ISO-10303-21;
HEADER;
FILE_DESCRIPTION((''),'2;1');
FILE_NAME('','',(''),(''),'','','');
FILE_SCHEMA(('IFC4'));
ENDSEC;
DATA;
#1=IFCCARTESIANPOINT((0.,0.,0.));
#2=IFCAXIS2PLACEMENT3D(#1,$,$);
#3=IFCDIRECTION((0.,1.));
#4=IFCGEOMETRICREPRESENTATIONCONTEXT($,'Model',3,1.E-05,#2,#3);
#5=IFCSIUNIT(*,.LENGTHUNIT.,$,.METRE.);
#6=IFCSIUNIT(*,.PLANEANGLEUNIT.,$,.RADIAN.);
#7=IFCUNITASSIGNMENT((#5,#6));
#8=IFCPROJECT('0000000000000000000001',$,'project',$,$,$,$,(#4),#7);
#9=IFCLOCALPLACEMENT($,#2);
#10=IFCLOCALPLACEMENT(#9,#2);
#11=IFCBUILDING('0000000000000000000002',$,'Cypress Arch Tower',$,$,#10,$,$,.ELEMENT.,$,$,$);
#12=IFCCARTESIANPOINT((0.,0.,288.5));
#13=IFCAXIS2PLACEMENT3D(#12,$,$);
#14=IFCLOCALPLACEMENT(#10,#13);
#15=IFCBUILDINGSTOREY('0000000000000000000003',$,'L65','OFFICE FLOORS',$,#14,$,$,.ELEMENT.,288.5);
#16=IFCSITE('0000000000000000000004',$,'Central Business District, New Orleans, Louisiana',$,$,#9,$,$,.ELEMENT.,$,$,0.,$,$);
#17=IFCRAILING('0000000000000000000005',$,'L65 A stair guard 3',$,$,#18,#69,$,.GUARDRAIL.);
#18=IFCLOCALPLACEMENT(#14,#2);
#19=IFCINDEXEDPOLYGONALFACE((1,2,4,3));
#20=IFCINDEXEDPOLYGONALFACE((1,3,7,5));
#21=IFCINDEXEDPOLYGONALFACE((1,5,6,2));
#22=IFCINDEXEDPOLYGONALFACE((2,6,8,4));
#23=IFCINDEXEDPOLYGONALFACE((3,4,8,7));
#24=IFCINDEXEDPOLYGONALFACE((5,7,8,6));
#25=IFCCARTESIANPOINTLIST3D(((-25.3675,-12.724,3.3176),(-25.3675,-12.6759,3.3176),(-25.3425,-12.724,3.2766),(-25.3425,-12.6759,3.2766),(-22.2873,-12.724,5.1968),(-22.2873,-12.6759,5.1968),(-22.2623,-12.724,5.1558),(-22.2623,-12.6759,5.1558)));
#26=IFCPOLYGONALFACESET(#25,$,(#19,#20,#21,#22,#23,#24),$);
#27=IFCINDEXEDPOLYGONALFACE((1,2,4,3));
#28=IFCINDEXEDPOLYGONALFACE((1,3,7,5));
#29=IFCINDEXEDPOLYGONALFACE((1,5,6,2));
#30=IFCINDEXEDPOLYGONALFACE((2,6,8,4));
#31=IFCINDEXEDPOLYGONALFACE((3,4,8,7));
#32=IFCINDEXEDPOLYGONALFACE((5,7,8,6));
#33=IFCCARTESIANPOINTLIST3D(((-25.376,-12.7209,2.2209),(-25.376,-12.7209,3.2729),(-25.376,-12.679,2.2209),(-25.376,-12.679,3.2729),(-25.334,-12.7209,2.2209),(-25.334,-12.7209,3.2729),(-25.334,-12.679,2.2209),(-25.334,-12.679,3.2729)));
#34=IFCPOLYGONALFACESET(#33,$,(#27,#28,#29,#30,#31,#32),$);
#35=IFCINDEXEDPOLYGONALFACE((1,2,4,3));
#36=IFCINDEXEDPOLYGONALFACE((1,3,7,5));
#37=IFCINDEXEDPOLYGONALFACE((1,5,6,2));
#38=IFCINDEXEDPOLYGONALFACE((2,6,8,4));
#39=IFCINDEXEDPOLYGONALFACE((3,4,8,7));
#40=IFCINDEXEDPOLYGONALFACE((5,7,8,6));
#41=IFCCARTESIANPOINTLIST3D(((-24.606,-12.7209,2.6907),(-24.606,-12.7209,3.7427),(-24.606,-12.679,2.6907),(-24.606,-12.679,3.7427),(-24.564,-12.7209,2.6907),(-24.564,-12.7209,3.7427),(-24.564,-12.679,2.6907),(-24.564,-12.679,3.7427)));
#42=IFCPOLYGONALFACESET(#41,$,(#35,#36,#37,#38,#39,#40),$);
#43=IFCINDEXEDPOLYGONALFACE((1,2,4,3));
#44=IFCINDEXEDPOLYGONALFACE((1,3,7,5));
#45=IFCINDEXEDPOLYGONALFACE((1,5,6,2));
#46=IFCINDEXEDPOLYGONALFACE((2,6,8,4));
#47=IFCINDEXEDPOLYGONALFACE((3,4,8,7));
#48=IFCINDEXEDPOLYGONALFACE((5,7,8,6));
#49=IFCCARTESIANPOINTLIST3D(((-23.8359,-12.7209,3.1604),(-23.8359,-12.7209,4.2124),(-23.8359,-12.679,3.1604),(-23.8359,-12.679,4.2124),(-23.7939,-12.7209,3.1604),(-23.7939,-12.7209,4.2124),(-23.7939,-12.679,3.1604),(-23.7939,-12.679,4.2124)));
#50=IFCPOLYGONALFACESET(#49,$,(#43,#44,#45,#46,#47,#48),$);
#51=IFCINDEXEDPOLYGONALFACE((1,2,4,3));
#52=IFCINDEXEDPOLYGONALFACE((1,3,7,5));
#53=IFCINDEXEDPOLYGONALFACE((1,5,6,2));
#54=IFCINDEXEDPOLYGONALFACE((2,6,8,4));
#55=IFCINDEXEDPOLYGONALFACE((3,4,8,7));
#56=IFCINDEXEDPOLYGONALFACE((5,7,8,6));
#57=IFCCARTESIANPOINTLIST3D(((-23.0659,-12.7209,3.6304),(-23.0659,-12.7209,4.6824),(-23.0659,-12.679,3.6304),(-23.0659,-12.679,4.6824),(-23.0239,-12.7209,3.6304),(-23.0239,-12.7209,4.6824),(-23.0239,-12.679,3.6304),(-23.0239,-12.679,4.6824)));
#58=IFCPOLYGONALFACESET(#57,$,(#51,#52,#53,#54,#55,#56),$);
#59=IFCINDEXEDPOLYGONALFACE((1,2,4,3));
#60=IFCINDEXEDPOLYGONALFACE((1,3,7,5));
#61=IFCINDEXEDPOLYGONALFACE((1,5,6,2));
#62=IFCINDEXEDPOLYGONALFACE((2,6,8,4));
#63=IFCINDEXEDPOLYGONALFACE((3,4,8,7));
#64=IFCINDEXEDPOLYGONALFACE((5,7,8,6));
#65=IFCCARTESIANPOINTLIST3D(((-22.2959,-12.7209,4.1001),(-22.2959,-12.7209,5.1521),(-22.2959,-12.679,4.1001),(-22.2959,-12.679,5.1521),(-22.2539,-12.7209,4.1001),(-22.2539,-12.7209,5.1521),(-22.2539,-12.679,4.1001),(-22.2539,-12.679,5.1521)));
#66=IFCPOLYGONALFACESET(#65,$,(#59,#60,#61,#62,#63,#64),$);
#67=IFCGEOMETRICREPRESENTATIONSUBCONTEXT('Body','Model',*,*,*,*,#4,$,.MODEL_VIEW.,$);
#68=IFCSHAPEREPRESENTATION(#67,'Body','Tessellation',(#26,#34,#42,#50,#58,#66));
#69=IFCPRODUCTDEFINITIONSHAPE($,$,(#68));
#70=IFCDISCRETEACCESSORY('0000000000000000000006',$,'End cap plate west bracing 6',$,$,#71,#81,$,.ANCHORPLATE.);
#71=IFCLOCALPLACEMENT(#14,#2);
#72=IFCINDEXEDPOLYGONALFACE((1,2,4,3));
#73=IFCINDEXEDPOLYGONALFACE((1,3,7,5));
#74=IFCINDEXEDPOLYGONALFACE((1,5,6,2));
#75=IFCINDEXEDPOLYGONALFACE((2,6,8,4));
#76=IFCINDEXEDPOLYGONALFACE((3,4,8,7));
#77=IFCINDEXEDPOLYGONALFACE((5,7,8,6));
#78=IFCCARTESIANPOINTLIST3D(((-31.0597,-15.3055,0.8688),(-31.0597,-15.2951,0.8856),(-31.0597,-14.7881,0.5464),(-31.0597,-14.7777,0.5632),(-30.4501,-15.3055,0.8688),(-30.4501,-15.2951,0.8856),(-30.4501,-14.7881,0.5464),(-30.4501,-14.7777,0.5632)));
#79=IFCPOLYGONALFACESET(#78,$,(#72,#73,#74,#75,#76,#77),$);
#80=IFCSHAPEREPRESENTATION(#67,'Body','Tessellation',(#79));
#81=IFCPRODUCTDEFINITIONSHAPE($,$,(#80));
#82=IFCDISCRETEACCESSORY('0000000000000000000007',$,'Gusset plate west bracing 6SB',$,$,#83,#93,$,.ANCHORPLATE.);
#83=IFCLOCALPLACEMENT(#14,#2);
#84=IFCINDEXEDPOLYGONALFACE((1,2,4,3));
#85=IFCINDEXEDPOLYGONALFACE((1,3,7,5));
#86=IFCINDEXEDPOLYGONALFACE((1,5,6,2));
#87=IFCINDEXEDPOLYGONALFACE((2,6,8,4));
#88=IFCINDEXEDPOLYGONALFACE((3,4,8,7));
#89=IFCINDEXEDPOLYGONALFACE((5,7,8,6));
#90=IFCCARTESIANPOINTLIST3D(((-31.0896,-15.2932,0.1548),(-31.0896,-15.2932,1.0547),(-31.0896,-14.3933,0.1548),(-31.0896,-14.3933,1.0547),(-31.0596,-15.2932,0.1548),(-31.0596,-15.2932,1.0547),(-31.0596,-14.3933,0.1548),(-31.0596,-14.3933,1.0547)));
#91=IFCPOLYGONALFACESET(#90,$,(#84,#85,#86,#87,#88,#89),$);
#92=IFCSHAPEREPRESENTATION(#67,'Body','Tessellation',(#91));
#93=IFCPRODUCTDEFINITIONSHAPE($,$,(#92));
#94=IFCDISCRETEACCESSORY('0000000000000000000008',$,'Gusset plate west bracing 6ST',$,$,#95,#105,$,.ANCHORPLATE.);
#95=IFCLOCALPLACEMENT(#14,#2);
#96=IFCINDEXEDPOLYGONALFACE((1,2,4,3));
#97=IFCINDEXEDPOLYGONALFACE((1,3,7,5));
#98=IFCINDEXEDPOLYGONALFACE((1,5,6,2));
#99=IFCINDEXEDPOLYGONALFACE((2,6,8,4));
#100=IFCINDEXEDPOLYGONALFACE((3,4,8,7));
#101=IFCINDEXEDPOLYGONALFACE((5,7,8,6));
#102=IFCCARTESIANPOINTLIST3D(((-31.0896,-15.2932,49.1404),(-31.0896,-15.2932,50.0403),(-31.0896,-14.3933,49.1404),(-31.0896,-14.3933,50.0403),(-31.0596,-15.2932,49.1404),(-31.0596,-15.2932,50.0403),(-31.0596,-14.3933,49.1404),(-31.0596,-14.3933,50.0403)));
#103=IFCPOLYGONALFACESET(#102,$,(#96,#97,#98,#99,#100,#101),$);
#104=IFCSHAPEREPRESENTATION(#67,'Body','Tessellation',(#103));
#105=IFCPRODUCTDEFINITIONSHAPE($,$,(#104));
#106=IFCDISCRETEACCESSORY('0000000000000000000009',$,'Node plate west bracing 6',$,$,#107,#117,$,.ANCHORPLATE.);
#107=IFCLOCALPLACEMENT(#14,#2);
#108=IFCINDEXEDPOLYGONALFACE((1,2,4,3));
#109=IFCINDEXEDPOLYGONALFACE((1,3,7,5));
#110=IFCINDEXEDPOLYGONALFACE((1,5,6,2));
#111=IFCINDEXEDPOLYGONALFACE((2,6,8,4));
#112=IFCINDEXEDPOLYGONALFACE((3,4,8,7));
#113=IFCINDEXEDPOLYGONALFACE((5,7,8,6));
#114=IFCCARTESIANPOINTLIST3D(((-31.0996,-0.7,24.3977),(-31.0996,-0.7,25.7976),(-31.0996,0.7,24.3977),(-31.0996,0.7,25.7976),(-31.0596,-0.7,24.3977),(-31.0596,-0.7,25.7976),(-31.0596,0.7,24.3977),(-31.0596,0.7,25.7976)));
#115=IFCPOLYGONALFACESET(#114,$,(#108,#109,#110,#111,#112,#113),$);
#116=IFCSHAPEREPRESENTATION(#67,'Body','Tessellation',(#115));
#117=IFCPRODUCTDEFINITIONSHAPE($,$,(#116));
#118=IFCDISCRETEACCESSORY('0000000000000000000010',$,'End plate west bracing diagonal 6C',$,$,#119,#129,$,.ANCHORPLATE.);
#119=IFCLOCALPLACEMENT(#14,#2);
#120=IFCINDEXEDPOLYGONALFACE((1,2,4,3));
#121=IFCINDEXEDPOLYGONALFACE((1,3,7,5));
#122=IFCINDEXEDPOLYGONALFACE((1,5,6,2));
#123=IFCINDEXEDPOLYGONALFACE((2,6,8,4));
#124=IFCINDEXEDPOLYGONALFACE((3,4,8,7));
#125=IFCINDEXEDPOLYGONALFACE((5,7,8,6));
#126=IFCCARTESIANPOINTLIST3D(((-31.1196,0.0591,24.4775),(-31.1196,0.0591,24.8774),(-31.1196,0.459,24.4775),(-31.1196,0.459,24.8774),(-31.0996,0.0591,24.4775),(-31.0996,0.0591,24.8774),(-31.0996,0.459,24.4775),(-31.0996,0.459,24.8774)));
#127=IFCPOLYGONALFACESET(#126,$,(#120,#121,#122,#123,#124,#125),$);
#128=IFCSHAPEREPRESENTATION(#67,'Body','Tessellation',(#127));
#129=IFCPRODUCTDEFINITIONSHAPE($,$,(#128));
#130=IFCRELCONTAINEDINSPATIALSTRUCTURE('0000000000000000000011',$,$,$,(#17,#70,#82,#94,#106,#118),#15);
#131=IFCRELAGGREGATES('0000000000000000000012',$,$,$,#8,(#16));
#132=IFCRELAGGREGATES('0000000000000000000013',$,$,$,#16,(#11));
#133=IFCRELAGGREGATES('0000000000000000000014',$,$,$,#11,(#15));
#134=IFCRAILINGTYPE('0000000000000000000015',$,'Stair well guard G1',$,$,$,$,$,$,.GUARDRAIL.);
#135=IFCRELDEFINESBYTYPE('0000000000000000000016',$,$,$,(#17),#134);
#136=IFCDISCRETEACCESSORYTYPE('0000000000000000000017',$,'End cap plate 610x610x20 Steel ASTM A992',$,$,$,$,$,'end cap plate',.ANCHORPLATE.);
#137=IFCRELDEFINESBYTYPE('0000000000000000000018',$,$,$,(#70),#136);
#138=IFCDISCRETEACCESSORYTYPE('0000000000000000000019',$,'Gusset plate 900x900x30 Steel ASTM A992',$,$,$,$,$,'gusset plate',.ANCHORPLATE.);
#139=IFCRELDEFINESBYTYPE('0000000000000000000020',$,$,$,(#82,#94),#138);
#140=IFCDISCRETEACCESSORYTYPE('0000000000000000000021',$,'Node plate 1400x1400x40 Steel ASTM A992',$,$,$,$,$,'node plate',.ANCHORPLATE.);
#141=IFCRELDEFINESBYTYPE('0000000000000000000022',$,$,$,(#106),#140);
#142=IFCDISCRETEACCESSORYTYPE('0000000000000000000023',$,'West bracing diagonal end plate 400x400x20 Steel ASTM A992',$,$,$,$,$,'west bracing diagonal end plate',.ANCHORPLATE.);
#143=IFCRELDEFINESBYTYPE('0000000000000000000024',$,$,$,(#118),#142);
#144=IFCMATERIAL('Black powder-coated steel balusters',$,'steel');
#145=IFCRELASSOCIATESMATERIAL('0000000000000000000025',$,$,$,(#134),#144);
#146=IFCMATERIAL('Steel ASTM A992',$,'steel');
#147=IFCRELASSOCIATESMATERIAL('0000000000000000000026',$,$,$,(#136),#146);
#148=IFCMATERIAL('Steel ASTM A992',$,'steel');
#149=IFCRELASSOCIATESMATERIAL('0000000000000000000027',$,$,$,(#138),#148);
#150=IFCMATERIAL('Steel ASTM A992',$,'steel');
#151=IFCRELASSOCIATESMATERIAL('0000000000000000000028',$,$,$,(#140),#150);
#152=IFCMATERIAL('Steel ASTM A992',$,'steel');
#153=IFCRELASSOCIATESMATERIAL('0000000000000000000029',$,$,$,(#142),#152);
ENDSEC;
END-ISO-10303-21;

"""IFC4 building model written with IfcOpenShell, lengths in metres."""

from ifc_helpers import new_model, si_unit, direction, frame, origin, origin_2d, place, context, subcontext, project, spatial, rectangle, extrude, material, material_profile, profile_set, type_object, element, save


model = new_model("IFC4")

# Units and contexts
model_context = context("Model", 3, precision=1e-05, world=origin(), true_north=direction((0.0, 1.0)))
body_context = subcontext(model_context, "Body", "Model", "MODEL_VIEW")
ifc_project = project(units=[si_unit("LENGTHUNIT", "METRE"), si_unit("PLANEANGLEUNIT", "RADIAN")], contexts=[model_context])

# Site, building, storey
site_placement = place(None, origin())
site = spatial("IfcSite", under=ifc_project, at=site_placement, Name="Central Business District, New Orleans, Louisiana", CompositionType="ELEMENT", RefElevation=0.0)
building_placement = place(site_placement, origin())
building = spatial("IfcBuilding", under=site, at=building_placement, Name="Cypress Arch Tower", CompositionType="ELEMENT")
storey_placement = place(building_placement, frame((0.0, 0.0, 288.5)))
storey = spatial("IfcBuildingStorey", under=building, at=storey_placement, Name="L65", Description="OFFICE FLOORS", CompositionType="ELEMENT", Elevation=288.5)

# Railing
ifc_material_1 = material(Name="Black powder-coated steel balusters", Category="steel")
railing_type_1 = type_object("IfcRailingType", Name="Stair well guard G1", PredefinedType="GUARDRAIL", material=ifc_material_1)
railing_1_placement = place(storey_placement, frame((-25.355, -12.7, 2.2209)))
element("IfcRailing", 1, at=railing_1_placement, inside=storey, type_object=railing_type_1, Name="L65 A stair guard 3", PredefinedType="GUARDRAIL", context=body_context, shape_type="SweptSolid", body=[
    extrude(rectangle(XDim=0.0481, YDim=0.0481, at=origin_2d()), frame((0.0, 0.0, 1.0762), z_axis=(0.853666, 0.0, 0.52082), x_axis=(0.0, 1.0, 0.0)), (0.0, 0.0, 1.0), 3.6082),
    extrude(rectangle(XDim=0.042, YDim=0.042, at=origin_2d()), origin(), (0.0, 0.0, 1.0), 1.052),
    extrude(rectangle(XDim=0.042, YDim=0.042, at=origin_2d()), frame((0.77, 0.0, 0.4697)), (0.0, 0.0, 1.0), 1.052),
    extrude(rectangle(XDim=0.042, YDim=0.042, at=origin_2d()), frame((1.54, 0.0, 0.9395)), (0.0, 0.0, 1.0), 1.052),
    extrude(rectangle(XDim=0.042, YDim=0.042, at=origin_2d()), frame((2.3101, 0.0, 1.4094)), (0.0, 0.0, 1.0), 1.052),
    extrude(rectangle(XDim=0.042, YDim=0.042, at=origin_2d()), frame((3.0801, 0.0, 1.8792)), (0.0, 0.0, 1.0), 1.052),
])

# Discrete accessories
ifc_material_2 = material(Name="Steel ASTM A992", Category="steel")
ifc_material_profile_1 = material_profile(ifc_material_2, rectangle(XDim=0.6096, YDim=0.6096, at=origin_2d()), Name="PL 20 610x610")
ifc_profile_set_1 = profile_set([ifc_material_profile_1], Name="Steel ASTM A992")
discrete_accessory_type_1 = type_object("IfcDiscreteAccessoryType", Name="End cap plate 610x610x20 Steel ASTM A992", ElementType="end cap plate", PredefinedType="ANCHORPLATE", material=ifc_profile_set_1)
discrete_accessory_1_placement = place(storey_placement, frame((-30.7549, -15.0364, 0.7244), z_axis=(0.0, -0.528893, -0.848689), x_axis=(1.0, 0.0, 0.0)))
element("IfcDiscreteAccessory", 2, at=discrete_accessory_1_placement, inside=storey, type_object=discrete_accessory_type_1, Name="End cap plate west bracing 6", PredefinedType="ANCHORPLATE", context=body_context, shape_type="SweptSolid", body=[
    extrude(rectangle(XDim=0.6096, YDim=0.6096, at=origin_2d()), origin(), (0.0, 0.0, 1.0), 0.0198),
])
ifc_material_3 = material(Name="Steel ASTM A992", Category="steel")
ifc_material_profile_2 = material_profile(ifc_material_3, rectangle(XDim=0.8999, YDim=0.8999, at=origin_2d()), Name="PL 30 900x900")
ifc_profile_set_2 = profile_set([ifc_material_profile_2], Name="Steel ASTM A992")
discrete_accessory_type_2 = type_object("IfcDiscreteAccessoryType", Name="Gusset plate 900x900x30 Steel ASTM A992", ElementType="gusset plate", PredefinedType="ANCHORPLATE", material=ifc_profile_set_2)
for number, where, z_axis, x_axis, name in (
    (3, (-31.0596, -14.8433, 0.6047), (-1.0, 0.0, 0.0), (0.0, -1.0, 0.0), "Gusset plate west bracing 6SB"),
    (4, (-31.0596, -14.8433, 49.5903), (-1.0, 0.0, 0.0), (0.0, -1.0, 0.0), "Gusset plate west bracing 6ST"),
):
    element("IfcDiscreteAccessory", number, at=place(storey_placement, frame(where, z_axis=z_axis, x_axis=x_axis)), inside=storey, type_object=discrete_accessory_type_2, Name=name, PredefinedType="ANCHORPLATE", context=body_context, shape_type="SweptSolid", body=[
        extrude(rectangle(XDim=0.8999, YDim=0.8999, at=origin_2d()), origin(), (0.0, 0.0, 1.0), 0.03),
    ])
ifc_material_4 = material(Name="Steel ASTM A992", Category="steel")
ifc_material_profile_3 = material_profile(ifc_material_4, rectangle(XDim=1.3999, YDim=1.3999, at=origin_2d()), Name="PL 40 1400x1400")
ifc_profile_set_3 = profile_set([ifc_material_profile_3], Name="Steel ASTM A992")
discrete_accessory_type_3 = type_object("IfcDiscreteAccessoryType", Name="Node plate 1400x1400x40 Steel ASTM A992", ElementType="node plate", PredefinedType="ANCHORPLATE", material=ifc_profile_set_3)
discrete_accessory_2_placement = place(storey_placement, frame((-31.0596, 0.0, 25.0977), z_axis=(-1.0, 0.0, 0.0), x_axis=(0.0, -1.0, 0.0)))
element("IfcDiscreteAccessory", 5, at=discrete_accessory_2_placement, inside=storey, type_object=discrete_accessory_type_3, Name="Node plate west bracing 6", PredefinedType="ANCHORPLATE", context=body_context, shape_type="SweptSolid", body=[
    extrude(rectangle(XDim=1.3999, YDim=1.3999, at=origin_2d()), origin(), (0.0, 0.0, 1.0), 0.04),
])
ifc_material_5 = material(Name="Steel ASTM A992", Category="steel")
ifc_material_profile_4 = material_profile(ifc_material_5, rectangle(XDim=0.3999, YDim=0.3999, at=origin_2d()), Name="PL 20 400x400")
ifc_profile_set_4 = profile_set([ifc_material_profile_4], Name="Steel ASTM A992")
discrete_accessory_type_4 = type_object("IfcDiscreteAccessoryType", Name="West bracing diagonal end plate 400x400x20 Steel ASTM A992", ElementType="west bracing diagonal end plate", PredefinedType="ANCHORPLATE", material=ifc_profile_set_4)
discrete_accessory_3_placement = place(storey_placement, frame((-31.0996, 0.259, 24.6775), z_axis=(-1.0, 0.0, 0.0), x_axis=(0.0, -1.0, 0.0)))
element("IfcDiscreteAccessory", 6, at=discrete_accessory_3_placement, inside=storey, type_object=discrete_accessory_type_4, Name="End plate west bracing diagonal 6C", PredefinedType="ANCHORPLATE", context=body_context, shape_type="SweptSolid", body=[
    extrude(rectangle(XDim=0.3999, YDim=0.3999, at=origin_2d()), origin(), (0.0, 0.0, 1.0), 0.02),
])

save(model, "model.ifc")
